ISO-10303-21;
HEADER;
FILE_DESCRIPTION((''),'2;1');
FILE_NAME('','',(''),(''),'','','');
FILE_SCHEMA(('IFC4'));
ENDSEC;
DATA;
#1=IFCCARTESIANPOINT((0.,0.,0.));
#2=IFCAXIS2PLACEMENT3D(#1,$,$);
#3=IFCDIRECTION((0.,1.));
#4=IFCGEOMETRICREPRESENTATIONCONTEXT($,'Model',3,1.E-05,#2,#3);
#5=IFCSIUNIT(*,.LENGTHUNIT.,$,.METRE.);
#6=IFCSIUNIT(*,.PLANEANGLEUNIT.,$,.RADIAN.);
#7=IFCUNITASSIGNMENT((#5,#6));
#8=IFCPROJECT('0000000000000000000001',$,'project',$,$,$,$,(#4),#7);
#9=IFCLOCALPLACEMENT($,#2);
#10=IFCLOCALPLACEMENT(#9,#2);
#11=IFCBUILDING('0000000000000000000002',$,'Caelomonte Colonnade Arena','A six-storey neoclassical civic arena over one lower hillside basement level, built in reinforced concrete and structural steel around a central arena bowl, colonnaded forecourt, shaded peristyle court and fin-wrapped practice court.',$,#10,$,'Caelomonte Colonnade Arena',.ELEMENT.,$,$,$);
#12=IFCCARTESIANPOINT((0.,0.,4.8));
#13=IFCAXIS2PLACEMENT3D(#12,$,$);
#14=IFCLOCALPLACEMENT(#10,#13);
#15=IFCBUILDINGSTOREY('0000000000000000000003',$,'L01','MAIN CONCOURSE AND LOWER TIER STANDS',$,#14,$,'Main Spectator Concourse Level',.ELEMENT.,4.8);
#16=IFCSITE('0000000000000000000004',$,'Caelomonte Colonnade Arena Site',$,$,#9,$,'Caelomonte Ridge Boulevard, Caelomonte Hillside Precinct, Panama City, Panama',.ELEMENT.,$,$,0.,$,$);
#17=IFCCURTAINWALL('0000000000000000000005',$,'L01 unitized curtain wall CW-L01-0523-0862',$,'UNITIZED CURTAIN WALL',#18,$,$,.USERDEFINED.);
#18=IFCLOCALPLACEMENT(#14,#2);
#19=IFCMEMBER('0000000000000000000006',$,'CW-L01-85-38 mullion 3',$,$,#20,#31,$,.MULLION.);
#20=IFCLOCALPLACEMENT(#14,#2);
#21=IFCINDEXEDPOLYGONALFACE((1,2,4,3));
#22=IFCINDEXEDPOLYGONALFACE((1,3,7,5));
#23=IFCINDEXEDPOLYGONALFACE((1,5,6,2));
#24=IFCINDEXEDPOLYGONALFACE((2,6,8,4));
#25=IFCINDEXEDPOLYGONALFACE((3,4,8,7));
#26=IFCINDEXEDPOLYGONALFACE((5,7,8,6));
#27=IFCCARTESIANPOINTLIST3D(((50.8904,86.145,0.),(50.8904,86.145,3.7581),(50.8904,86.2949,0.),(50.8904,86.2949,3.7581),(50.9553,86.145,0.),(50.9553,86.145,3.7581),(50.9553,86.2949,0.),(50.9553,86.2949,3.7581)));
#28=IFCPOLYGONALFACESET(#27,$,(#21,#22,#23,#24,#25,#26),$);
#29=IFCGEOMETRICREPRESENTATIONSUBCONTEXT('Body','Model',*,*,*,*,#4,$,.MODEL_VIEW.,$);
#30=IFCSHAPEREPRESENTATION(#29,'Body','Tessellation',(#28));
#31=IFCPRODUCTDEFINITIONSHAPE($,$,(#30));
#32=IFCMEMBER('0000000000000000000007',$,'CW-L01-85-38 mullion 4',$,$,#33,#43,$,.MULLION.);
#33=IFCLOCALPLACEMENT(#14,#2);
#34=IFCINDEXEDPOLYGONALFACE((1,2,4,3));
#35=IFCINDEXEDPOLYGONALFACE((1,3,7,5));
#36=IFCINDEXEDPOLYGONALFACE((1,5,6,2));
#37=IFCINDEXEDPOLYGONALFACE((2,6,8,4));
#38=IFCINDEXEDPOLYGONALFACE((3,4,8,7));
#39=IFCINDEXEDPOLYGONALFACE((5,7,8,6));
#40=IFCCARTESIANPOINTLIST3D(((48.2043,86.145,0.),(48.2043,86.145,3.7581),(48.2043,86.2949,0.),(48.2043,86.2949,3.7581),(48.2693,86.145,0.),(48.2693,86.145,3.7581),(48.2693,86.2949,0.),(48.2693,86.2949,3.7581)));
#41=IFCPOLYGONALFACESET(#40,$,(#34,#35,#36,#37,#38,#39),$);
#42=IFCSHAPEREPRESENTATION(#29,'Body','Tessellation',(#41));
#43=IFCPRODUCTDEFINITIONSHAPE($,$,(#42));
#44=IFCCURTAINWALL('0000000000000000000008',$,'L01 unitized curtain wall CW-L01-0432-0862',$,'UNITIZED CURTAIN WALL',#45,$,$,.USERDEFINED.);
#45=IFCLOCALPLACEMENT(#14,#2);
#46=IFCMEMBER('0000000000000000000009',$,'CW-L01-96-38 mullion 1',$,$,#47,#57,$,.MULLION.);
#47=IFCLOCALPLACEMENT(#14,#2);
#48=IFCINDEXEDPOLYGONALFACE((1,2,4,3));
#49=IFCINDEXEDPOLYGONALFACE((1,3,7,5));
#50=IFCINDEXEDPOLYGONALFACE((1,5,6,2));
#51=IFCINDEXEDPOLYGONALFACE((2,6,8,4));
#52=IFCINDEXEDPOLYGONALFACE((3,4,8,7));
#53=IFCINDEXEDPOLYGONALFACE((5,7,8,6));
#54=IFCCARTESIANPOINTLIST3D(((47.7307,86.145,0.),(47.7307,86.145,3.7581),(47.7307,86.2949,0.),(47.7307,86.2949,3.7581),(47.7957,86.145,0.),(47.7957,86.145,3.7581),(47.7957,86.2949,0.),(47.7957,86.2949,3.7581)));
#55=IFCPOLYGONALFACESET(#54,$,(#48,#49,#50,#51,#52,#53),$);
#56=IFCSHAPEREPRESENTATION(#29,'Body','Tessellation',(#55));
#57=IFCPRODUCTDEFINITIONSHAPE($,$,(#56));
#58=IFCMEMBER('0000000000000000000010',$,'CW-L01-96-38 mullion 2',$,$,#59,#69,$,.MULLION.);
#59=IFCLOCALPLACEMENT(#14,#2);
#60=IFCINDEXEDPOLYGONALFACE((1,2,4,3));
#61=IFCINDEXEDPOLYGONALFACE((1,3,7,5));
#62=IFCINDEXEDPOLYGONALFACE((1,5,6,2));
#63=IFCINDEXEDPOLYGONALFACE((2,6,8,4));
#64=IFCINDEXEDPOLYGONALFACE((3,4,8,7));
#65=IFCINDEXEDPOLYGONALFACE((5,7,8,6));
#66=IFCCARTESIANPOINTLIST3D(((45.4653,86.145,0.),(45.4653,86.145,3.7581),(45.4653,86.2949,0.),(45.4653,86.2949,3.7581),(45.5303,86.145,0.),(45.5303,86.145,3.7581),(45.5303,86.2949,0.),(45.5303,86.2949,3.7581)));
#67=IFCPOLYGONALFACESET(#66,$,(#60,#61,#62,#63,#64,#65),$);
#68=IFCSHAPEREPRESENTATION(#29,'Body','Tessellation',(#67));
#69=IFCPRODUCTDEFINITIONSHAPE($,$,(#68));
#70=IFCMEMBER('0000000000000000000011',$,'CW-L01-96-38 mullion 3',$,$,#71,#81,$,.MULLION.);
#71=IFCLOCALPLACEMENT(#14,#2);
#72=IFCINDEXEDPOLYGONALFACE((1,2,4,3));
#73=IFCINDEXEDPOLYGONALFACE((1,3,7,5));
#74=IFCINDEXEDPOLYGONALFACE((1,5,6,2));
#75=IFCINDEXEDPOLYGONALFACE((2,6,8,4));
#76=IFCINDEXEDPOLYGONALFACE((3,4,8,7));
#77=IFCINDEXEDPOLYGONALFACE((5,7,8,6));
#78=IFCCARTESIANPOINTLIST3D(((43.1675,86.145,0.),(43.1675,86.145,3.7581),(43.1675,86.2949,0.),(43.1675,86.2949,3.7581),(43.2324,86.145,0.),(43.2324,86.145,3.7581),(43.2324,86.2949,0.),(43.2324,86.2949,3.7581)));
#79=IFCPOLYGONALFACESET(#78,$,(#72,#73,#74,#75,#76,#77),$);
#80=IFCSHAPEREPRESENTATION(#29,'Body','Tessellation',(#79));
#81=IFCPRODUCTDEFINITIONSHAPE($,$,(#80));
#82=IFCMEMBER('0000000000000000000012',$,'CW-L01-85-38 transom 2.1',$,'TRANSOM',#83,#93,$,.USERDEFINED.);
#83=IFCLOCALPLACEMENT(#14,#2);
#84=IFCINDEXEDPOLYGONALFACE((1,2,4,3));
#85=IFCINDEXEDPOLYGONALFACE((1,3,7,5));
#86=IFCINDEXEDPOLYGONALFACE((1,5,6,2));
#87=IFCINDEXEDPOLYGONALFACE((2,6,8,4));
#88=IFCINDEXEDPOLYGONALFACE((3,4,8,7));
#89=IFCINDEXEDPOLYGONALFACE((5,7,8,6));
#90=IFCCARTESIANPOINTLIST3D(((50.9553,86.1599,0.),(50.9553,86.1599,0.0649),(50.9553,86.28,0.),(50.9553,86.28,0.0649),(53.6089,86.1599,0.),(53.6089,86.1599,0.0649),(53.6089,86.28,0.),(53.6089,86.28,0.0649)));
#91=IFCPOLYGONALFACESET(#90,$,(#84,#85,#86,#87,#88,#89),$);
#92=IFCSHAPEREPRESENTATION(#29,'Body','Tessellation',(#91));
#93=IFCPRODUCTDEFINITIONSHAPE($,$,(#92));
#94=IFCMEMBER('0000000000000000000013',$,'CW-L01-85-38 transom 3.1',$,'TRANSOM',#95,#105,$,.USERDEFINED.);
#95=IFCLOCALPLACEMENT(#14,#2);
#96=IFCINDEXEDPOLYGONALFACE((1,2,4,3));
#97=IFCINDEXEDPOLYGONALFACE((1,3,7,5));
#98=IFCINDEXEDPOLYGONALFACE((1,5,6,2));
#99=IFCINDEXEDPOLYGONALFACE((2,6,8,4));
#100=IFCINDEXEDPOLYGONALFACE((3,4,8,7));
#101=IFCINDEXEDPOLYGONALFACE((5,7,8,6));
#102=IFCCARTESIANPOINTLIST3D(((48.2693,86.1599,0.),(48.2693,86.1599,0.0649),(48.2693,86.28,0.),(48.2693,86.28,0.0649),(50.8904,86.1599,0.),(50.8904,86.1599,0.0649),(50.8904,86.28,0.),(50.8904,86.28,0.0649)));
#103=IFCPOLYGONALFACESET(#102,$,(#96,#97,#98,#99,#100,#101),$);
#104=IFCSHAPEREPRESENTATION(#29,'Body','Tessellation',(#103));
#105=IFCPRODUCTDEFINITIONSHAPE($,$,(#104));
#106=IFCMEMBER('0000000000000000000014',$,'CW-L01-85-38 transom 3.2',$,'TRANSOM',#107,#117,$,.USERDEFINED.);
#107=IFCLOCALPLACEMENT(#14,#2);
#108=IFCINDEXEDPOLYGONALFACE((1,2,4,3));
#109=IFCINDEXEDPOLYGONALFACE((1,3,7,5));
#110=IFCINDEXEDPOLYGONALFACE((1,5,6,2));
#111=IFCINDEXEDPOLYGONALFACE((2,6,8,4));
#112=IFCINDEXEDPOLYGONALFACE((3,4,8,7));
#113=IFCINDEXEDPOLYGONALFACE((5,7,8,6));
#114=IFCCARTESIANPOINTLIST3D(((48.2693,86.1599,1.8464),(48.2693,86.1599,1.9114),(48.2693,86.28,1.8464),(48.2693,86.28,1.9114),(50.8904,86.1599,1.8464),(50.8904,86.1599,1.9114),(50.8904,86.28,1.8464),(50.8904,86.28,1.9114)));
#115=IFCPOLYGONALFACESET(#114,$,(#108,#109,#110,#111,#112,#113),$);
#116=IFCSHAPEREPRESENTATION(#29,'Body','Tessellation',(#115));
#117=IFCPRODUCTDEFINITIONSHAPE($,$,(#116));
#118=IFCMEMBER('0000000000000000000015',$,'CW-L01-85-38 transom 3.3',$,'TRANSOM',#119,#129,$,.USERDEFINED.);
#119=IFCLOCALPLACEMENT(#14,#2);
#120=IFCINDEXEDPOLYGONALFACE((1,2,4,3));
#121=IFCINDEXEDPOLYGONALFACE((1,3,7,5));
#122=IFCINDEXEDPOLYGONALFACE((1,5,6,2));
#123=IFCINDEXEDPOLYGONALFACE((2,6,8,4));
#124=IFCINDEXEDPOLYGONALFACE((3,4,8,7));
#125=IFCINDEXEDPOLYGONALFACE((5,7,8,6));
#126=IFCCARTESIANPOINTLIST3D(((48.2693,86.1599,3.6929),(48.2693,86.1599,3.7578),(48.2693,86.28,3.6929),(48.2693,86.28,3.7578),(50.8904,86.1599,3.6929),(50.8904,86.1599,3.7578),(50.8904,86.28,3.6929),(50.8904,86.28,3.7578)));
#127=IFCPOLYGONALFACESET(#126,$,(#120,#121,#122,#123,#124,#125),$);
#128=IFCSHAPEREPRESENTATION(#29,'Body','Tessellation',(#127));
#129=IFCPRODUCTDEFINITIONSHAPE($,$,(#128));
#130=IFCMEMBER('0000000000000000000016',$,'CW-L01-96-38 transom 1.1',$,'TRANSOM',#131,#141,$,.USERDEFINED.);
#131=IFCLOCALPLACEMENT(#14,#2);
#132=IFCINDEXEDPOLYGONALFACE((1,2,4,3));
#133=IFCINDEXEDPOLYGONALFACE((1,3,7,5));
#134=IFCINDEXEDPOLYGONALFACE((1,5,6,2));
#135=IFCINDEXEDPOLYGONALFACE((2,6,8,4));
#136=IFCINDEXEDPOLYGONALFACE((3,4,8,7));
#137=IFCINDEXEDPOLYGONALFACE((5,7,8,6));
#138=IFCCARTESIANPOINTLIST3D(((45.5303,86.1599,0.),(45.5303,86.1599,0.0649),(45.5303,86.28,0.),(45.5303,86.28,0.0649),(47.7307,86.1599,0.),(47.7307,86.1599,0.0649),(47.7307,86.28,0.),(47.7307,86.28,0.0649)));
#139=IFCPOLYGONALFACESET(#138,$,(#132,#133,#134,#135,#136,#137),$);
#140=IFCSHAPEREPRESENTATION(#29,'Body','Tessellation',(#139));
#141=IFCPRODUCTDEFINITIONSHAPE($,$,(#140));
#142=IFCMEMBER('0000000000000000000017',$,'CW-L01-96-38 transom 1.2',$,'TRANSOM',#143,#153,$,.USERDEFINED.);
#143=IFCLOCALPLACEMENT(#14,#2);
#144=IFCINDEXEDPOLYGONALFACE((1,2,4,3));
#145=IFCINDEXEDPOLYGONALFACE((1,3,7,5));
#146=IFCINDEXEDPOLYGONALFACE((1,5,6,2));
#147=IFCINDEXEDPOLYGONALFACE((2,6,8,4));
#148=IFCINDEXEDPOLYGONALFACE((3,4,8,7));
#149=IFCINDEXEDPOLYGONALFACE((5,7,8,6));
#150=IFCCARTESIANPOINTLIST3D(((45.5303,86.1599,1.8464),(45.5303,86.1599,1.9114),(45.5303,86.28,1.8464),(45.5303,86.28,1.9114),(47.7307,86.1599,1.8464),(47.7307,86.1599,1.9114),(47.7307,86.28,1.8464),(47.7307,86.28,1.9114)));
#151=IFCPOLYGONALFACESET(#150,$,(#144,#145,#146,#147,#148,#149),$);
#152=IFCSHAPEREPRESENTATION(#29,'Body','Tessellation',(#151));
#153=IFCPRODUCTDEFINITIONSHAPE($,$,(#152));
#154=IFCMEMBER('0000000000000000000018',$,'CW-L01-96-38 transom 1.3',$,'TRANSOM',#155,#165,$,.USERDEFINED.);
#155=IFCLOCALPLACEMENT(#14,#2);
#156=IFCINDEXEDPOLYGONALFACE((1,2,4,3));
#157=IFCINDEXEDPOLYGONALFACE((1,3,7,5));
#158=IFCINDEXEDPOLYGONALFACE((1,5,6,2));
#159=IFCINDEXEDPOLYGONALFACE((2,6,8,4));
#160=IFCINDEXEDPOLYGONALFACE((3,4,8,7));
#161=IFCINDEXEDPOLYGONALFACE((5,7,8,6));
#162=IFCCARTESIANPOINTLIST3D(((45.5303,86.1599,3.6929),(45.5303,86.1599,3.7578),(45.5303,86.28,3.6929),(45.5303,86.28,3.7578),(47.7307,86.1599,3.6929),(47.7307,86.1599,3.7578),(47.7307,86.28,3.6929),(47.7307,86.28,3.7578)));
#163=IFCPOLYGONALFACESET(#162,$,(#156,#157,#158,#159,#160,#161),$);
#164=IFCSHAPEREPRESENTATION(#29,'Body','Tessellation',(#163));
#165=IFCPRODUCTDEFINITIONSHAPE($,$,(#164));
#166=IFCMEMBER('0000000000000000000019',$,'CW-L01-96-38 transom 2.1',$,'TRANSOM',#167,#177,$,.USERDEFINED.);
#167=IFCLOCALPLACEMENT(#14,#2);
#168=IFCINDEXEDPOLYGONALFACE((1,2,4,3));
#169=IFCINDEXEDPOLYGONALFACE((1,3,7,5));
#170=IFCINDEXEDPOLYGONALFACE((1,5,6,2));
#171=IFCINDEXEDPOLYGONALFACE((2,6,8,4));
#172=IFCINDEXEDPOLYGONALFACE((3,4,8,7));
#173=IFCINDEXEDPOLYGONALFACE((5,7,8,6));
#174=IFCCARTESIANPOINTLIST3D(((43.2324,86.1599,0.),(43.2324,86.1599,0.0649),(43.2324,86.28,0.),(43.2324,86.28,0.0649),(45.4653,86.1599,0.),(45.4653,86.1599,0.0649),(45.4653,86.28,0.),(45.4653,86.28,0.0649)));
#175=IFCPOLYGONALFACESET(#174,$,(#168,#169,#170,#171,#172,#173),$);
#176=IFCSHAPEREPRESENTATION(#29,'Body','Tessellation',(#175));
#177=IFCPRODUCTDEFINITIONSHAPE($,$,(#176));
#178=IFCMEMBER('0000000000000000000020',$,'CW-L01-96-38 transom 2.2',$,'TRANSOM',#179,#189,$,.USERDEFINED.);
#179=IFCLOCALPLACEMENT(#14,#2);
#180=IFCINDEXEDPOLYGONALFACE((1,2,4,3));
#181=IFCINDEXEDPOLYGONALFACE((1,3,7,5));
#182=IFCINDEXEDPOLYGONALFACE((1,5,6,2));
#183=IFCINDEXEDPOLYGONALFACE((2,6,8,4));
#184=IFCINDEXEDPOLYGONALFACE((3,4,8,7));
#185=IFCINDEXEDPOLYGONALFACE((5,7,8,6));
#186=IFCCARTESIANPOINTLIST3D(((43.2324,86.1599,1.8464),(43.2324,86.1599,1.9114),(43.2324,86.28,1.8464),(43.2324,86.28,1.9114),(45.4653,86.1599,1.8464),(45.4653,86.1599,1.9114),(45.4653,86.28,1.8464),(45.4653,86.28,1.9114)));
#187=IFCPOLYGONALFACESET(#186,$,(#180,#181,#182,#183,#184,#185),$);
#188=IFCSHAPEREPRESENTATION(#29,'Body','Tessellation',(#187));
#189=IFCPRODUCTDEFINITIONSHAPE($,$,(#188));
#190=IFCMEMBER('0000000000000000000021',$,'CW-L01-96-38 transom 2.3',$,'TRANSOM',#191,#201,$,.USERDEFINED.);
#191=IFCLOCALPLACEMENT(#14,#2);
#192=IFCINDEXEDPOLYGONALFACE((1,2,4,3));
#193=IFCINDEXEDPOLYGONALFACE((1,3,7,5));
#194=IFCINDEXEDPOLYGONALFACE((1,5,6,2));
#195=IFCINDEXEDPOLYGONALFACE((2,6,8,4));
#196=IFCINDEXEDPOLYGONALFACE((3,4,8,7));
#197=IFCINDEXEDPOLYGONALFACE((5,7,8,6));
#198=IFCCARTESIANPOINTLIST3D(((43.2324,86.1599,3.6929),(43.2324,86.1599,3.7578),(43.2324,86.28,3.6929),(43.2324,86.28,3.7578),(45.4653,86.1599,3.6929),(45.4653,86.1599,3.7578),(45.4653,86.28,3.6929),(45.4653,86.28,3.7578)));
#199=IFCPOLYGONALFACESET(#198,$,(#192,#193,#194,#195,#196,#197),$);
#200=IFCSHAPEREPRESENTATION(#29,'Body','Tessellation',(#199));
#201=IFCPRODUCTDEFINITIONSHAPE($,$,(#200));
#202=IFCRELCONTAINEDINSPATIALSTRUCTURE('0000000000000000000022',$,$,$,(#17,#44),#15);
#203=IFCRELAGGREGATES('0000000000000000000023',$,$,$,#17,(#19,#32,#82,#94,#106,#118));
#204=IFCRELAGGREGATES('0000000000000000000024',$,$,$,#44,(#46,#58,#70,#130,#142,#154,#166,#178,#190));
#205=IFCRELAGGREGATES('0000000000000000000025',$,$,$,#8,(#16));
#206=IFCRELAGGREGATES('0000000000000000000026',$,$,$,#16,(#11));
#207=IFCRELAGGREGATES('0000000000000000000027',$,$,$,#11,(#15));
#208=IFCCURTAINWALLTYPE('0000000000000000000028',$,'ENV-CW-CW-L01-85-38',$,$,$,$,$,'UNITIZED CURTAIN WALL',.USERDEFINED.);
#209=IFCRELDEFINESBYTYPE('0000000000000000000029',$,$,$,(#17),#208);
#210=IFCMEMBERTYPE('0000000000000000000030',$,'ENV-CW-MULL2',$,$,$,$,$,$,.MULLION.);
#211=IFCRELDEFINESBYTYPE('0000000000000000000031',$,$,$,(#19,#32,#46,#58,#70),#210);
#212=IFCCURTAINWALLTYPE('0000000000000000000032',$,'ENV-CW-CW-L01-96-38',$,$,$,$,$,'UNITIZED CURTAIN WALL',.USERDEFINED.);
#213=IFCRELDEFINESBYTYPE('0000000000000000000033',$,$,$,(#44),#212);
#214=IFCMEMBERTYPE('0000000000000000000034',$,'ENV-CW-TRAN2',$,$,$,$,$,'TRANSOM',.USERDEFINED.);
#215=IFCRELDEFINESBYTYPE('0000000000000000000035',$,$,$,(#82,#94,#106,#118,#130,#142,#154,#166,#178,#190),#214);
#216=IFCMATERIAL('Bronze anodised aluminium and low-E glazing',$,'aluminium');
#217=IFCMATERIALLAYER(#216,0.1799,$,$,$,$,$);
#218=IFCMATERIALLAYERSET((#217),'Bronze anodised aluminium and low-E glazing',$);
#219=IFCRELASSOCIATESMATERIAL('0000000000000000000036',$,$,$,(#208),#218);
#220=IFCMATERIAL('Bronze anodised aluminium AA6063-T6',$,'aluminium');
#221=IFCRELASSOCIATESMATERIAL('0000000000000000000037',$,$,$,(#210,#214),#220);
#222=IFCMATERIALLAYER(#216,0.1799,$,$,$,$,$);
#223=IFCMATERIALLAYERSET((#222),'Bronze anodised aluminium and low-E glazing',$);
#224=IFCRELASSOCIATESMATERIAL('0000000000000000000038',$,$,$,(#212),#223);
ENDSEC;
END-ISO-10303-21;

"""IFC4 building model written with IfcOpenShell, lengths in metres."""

from ifc_helpers import new_model, si_unit, direction, frame, origin, origin_2d, place, context, subcontext, project, spatial, rectangle, extrude, material, layer, layer_set, material_profile, profile_set, type_object, element, aggregate, save


model = new_model("IFC4")

# Units and contexts
model_context = context("Model", 3, precision=1e-05, world=origin(), true_north=direction((0.0, 1.0)))
body_context = subcontext(model_context, "Body", "Model", "MODEL_VIEW")
ifc_project = project(units=[si_unit("LENGTHUNIT", "METRE"), si_unit("PLANEANGLEUNIT", "RADIAN")], contexts=[model_context])

# Site, building, storey
site_placement = place(None, origin())
site = spatial("IfcSite", under=ifc_project, at=site_placement, Name="Caelomonte Colonnade Arena Site", LongName="Caelomonte Ridge Boulevard, Caelomonte Hillside Precinct, Panama City, Panama", CompositionType="ELEMENT", RefElevation=0.0)
building_placement = place(site_placement, origin())
building = spatial("IfcBuilding", under=site, at=building_placement, Name="Caelomonte Colonnade Arena", Description="A six-storey neoclassical civic arena over one lower hillside basement level, built in reinforced concrete and structural steel around a central arena bowl, colonnaded forecourt, shaded peristyle court and fin-wrapped practice court.", LongName="Caelomonte Colonnade Arena", CompositionType="ELEMENT")
storey_placement = place(building_placement, frame((0.0, 0.0, 4.8)))
storey = spatial("IfcBuildingStorey", under=building, at=storey_placement, Name="L01", Description="MAIN CONCOURSE AND LOWER TIER STANDS", LongName="Main Spectator Concourse Level", CompositionType="ELEMENT", Elevation=4.8)

# Curtain walls, members
ifc_material_1 = material(Name="Bronze anodised aluminium and low-E glazing", Category="aluminium")
ifc_layer_1 = layer(ifc_material_1, 0.1799)
ifc_layer_set_1 = layer_set([ifc_layer_1], Name="Bronze anodised aluminium and low-E glazing")
curtain_wall_type_1 = type_object("IfcCurtainWallType", Name="ENV-CW-CW-L01-85-38", ElementType="UNITIZED CURTAIN WALL", PredefinedType="USERDEFINED", material=ifc_layer_set_1)
curtain_wall_1_placement = place(storey_placement, origin())
curtain_wall_1 = element("IfcCurtainWall", 1, at=curtain_wall_1_placement, inside=storey, type_object=curtain_wall_type_1, Name="L01 unitized curtain wall CW-L01-0523-0862", ObjectType="UNITIZED CURTAIN WALL", PredefinedType="USERDEFINED")
ifc_material_2 = material(Name="Bronze anodised aluminium AA6063-T6", Category="aluminium")
ifc_material_profile_1 = material_profile(ifc_material_2, rectangle(XDim=0.0649, YDim=0.1499, at=origin_2d()), Name="CWM-65X150")
ifc_profile_set_1 = profile_set([ifc_material_profile_1], Name="Bronze anodised aluminium AA6063-T6")
member_type_1 = type_object("IfcMemberType", Name="ENV-CW-MULL2", PredefinedType="MULLION", material=ifc_profile_set_1)
member_1_placement = place(storey_placement, frame((50.9229, 86.22, 0.0), z_axis=(0.0, 0.0, 1.0), x_axis=(-1.0, 0.0, 0.0)))
member_1 = element("IfcMember", 2, at=member_1_placement, type_object=member_type_1, Name="CW-L01-85-38 mullion 3", PredefinedType="MULLION", context=body_context, shape_type="SweptSolid", body=[
    extrude(rectangle(XDim=0.0649, YDim=0.1499, at=origin_2d()), origin(), (0.0, 0.0, 1.0), 3.7581),
])
member_2_placement = place(storey_placement, frame((48.2368, 86.22, 0.0), z_axis=(0.0, 0.0, 1.0), x_axis=(-1.0, 0.0, 0.0)))
member_2 = element("IfcMember", 3, at=member_2_placement, type_object=member_type_1, Name="CW-L01-85-38 mullion 4", PredefinedType="MULLION", context=body_context, shape_type="SweptSolid", body=[
    extrude(rectangle(XDim=0.0649, YDim=0.1499, at=origin_2d()), origin(), (0.0, 0.0, 1.0), 3.7581),
])
ifc_layer_2 = layer(ifc_material_1, 0.1799)
ifc_layer_set_2 = layer_set([ifc_layer_2], Name="Bronze anodised aluminium and low-E glazing")
curtain_wall_type_2 = type_object("IfcCurtainWallType", Name="ENV-CW-CW-L01-96-38", ElementType="UNITIZED CURTAIN WALL", PredefinedType="USERDEFINED", material=ifc_layer_set_2)
curtain_wall_2_placement = place(storey_placement, origin())
curtain_wall_2 = element("IfcCurtainWall", 4, at=curtain_wall_2_placement, inside=storey, type_object=curtain_wall_type_2, Name="L01 unitized curtain wall CW-L01-0432-0862", ObjectType="UNITIZED CURTAIN WALL", PredefinedType="USERDEFINED")
member_3_placement = place(storey_placement, frame((47.7632, 86.22, 0.0), z_axis=(0.0, 0.0, 1.0), x_axis=(-1.0, 0.0, 0.0)))
member_3 = element("IfcMember", 5, at=member_3_placement, type_object=member_type_1, Name="CW-L01-96-38 mullion 1", PredefinedType="MULLION", context=body_context, shape_type="SweptSolid", body=[
    extrude(rectangle(XDim=0.0649, YDim=0.1499, at=origin_2d()), origin(), (0.0, 0.0, 1.0), 3.7581),
])
member_4_placement = place(storey_placement, frame((45.4978, 86.22, 0.0), z_axis=(0.0, 0.0, 1.0), x_axis=(-1.0, 0.0, 0.0)))
member_4 = element("IfcMember", 6, at=member_4_placement, type_object=member_type_1, Name="CW-L01-96-38 mullion 2", PredefinedType="MULLION", context=body_context, shape_type="SweptSolid", body=[
    extrude(rectangle(XDim=0.0649, YDim=0.1499, at=origin_2d()), origin(), (0.0, 0.0, 1.0), 3.7581),
])
member_5_placement = place(storey_placement, frame((43.2, 86.22, 0.0), z_axis=(0.0, 0.0, 1.0), x_axis=(-1.0, 0.0, 0.0)))
member_5 = element("IfcMember", 7, at=member_5_placement, type_object=member_type_1, Name="CW-L01-96-38 mullion 3", PredefinedType="MULLION", context=body_context, shape_type="SweptSolid", body=[
    extrude(rectangle(XDim=0.0649, YDim=0.1499, at=origin_2d()), origin(), (0.0, 0.0, 1.0), 3.7581),
])

# Members
ifc_material_profile_2 = material_profile(ifc_material_2, rectangle(XDim=0.0649, YDim=0.1201, at=origin_2d()), Name="CWT-65X120")
ifc_profile_set_2 = profile_set([ifc_material_profile_2], Name="Bronze anodised aluminium AA6063-T6")
member_type_2 = type_object("IfcMemberType", Name="ENV-CW-TRAN2", ElementType="TRANSOM", PredefinedType="USERDEFINED", material=ifc_profile_set_2)
member_6_placement = place(storey_placement, frame((53.6089, 86.22, 0.0325), z_axis=(-1.0, 0.0, 0.0), x_axis=(0.0, 0.0, 1.0)))
member_6 = element("IfcMember", 8, at=member_6_placement, type_object=member_type_2, Name="CW-L01-85-38 transom 2.1", ObjectType="TRANSOM", PredefinedType="USERDEFINED", context=body_context, shape_type="SweptSolid", body=[
    extrude(rectangle(XDim=0.0649, YDim=0.1201, at=origin_2d()), origin(), (0.0, 0.0, 1.0), 2.6536),
])
member_7_placement = place(storey_placement, frame((50.8904, 86.22, 0.0325), z_axis=(-1.0, 0.0, 0.0), x_axis=(0.0, 0.0, 1.0)))
member_7 = element("IfcMember", 9, at=member_7_placement, type_object=member_type_2, Name="CW-L01-85-38 transom 3.1", ObjectType="TRANSOM", PredefinedType="USERDEFINED", context=body_context, shape_type="SweptSolid", body=[
    extrude(rectangle(XDim=0.0649, YDim=0.1201, at=origin_2d()), origin(), (0.0, 0.0, 1.0), 2.6211),
])
member_8_placement = place(storey_placement, frame((50.8904, 86.22, 1.8789), z_axis=(-1.0, 0.0, 0.0), x_axis=(0.0, 0.0, 1.0)))
member_8 = element("IfcMember", 10, at=member_8_placement, type_object=member_type_2, Name="CW-L01-85-38 transom 3.2", ObjectType="TRANSOM", PredefinedType="USERDEFINED", context=body_context, shape_type="SweptSolid", body=[
    extrude(rectangle(XDim=0.0649, YDim=0.1201, at=origin_2d()), origin(), (0.0, 0.0, 1.0), 2.6211),
])
member_9_placement = place(storey_placement, frame((50.8904, 86.22, 3.7253), z_axis=(-1.0, 0.0, 0.0), x_axis=(0.0, 0.0, 1.0)))
member_9 = element("IfcMember", 11, at=member_9_placement, type_object=member_type_2, Name="CW-L01-85-38 transom 3.3", ObjectType="TRANSOM", PredefinedType="USERDEFINED", context=body_context, shape_type="SweptSolid", body=[
    extrude(rectangle(XDim=0.0649, YDim=0.1201, at=origin_2d()), origin(), (0.0, 0.0, 1.0), 2.6211),
])
member_10_placement = place(storey_placement, frame((47.7307, 86.22, 0.0325), z_axis=(-1.0, 0.0, 0.0), x_axis=(0.0, 0.0, 1.0)))
member_10 = element("IfcMember", 12, at=member_10_placement, type_object=member_type_2, Name="CW-L01-96-38 transom 1.1", ObjectType="TRANSOM", PredefinedType="USERDEFINED", context=body_context, shape_type="SweptSolid", body=[
    extrude(rectangle(XDim=0.0649, YDim=0.1201, at=origin_2d()), origin(), (0.0, 0.0, 1.0), 2.2004),
])
member_11_placement = place(storey_placement, frame((47.7307, 86.22, 1.8789), z_axis=(-1.0, 0.0, 0.0), x_axis=(0.0, 0.0, 1.0)))
member_11 = element("IfcMember", 13, at=member_11_placement, type_object=member_type_2, Name="CW-L01-96-38 transom 1.2", ObjectType="TRANSOM", PredefinedType="USERDEFINED", context=body_context, shape_type="SweptSolid", body=[
    extrude(rectangle(XDim=0.0649, YDim=0.1201, at=origin_2d()), origin(), (0.0, 0.0, 1.0), 2.2004),
])
member_12_placement = place(storey_placement, frame((47.7307, 86.22, 3.7253), z_axis=(-1.0, 0.0, 0.0), x_axis=(0.0, 0.0, 1.0)))
member_12 = element("IfcMember", 14, at=member_12_placement, type_object=member_type_2, Name="CW-L01-96-38 transom 1.3", ObjectType="TRANSOM", PredefinedType="USERDEFINED", context=body_context, shape_type="SweptSolid", body=[
    extrude(rectangle(XDim=0.0649, YDim=0.1201, at=origin_2d()), origin(), (0.0, 0.0, 1.0), 2.2004),
])
member_13_placement = place(storey_placement, frame((45.4653, 86.22, 0.0325), z_axis=(-1.0, 0.0, 0.0), x_axis=(0.0, 0.0, 1.0)))
member_13 = element("IfcMember", 15, at=member_13_placement, type_object=member_type_2, Name="CW-L01-96-38 transom 2.1", ObjectType="TRANSOM", PredefinedType="USERDEFINED", context=body_context, shape_type="SweptSolid", body=[
    extrude(rectangle(XDim=0.0649, YDim=0.1201, at=origin_2d()), origin(), (0.0, 0.0, 1.0), 2.2329),
])
member_14_placement = place(storey_placement, frame((45.4653, 86.22, 1.8789), z_axis=(-1.0, 0.0, 0.0), x_axis=(0.0, 0.0, 1.0)))
member_14 = element("IfcMember", 16, at=member_14_placement, type_object=member_type_2, Name="CW-L01-96-38 transom 2.2", ObjectType="TRANSOM", PredefinedType="USERDEFINED", context=body_context, shape_type="SweptSolid", body=[
    extrude(rectangle(XDim=0.0649, YDim=0.1201, at=origin_2d()), origin(), (0.0, 0.0, 1.0), 2.2329),
])
member_15_placement = place(storey_placement, frame((45.4653, 86.22, 3.7253), z_axis=(-1.0, 0.0, 0.0), x_axis=(0.0, 0.0, 1.0)))
member_15 = element("IfcMember", 17, at=member_15_placement, type_object=member_type_2, Name="CW-L01-96-38 transom 2.3", ObjectType="TRANSOM", PredefinedType="USERDEFINED", context=body_context, shape_type="SweptSolid", body=[
    extrude(rectangle(XDim=0.0649, YDim=0.1201, at=origin_2d()), origin(), (0.0, 0.0, 1.0), 2.2329),
])

aggregate(curtain_wall_1, [member_1, member_2, member_6, member_7, member_8, member_9])
aggregate(curtain_wall_2, [member_3, member_4, member_5, member_10, member_11, member_12, member_13, member_14, member_15])

save(model, "model.ifc")
